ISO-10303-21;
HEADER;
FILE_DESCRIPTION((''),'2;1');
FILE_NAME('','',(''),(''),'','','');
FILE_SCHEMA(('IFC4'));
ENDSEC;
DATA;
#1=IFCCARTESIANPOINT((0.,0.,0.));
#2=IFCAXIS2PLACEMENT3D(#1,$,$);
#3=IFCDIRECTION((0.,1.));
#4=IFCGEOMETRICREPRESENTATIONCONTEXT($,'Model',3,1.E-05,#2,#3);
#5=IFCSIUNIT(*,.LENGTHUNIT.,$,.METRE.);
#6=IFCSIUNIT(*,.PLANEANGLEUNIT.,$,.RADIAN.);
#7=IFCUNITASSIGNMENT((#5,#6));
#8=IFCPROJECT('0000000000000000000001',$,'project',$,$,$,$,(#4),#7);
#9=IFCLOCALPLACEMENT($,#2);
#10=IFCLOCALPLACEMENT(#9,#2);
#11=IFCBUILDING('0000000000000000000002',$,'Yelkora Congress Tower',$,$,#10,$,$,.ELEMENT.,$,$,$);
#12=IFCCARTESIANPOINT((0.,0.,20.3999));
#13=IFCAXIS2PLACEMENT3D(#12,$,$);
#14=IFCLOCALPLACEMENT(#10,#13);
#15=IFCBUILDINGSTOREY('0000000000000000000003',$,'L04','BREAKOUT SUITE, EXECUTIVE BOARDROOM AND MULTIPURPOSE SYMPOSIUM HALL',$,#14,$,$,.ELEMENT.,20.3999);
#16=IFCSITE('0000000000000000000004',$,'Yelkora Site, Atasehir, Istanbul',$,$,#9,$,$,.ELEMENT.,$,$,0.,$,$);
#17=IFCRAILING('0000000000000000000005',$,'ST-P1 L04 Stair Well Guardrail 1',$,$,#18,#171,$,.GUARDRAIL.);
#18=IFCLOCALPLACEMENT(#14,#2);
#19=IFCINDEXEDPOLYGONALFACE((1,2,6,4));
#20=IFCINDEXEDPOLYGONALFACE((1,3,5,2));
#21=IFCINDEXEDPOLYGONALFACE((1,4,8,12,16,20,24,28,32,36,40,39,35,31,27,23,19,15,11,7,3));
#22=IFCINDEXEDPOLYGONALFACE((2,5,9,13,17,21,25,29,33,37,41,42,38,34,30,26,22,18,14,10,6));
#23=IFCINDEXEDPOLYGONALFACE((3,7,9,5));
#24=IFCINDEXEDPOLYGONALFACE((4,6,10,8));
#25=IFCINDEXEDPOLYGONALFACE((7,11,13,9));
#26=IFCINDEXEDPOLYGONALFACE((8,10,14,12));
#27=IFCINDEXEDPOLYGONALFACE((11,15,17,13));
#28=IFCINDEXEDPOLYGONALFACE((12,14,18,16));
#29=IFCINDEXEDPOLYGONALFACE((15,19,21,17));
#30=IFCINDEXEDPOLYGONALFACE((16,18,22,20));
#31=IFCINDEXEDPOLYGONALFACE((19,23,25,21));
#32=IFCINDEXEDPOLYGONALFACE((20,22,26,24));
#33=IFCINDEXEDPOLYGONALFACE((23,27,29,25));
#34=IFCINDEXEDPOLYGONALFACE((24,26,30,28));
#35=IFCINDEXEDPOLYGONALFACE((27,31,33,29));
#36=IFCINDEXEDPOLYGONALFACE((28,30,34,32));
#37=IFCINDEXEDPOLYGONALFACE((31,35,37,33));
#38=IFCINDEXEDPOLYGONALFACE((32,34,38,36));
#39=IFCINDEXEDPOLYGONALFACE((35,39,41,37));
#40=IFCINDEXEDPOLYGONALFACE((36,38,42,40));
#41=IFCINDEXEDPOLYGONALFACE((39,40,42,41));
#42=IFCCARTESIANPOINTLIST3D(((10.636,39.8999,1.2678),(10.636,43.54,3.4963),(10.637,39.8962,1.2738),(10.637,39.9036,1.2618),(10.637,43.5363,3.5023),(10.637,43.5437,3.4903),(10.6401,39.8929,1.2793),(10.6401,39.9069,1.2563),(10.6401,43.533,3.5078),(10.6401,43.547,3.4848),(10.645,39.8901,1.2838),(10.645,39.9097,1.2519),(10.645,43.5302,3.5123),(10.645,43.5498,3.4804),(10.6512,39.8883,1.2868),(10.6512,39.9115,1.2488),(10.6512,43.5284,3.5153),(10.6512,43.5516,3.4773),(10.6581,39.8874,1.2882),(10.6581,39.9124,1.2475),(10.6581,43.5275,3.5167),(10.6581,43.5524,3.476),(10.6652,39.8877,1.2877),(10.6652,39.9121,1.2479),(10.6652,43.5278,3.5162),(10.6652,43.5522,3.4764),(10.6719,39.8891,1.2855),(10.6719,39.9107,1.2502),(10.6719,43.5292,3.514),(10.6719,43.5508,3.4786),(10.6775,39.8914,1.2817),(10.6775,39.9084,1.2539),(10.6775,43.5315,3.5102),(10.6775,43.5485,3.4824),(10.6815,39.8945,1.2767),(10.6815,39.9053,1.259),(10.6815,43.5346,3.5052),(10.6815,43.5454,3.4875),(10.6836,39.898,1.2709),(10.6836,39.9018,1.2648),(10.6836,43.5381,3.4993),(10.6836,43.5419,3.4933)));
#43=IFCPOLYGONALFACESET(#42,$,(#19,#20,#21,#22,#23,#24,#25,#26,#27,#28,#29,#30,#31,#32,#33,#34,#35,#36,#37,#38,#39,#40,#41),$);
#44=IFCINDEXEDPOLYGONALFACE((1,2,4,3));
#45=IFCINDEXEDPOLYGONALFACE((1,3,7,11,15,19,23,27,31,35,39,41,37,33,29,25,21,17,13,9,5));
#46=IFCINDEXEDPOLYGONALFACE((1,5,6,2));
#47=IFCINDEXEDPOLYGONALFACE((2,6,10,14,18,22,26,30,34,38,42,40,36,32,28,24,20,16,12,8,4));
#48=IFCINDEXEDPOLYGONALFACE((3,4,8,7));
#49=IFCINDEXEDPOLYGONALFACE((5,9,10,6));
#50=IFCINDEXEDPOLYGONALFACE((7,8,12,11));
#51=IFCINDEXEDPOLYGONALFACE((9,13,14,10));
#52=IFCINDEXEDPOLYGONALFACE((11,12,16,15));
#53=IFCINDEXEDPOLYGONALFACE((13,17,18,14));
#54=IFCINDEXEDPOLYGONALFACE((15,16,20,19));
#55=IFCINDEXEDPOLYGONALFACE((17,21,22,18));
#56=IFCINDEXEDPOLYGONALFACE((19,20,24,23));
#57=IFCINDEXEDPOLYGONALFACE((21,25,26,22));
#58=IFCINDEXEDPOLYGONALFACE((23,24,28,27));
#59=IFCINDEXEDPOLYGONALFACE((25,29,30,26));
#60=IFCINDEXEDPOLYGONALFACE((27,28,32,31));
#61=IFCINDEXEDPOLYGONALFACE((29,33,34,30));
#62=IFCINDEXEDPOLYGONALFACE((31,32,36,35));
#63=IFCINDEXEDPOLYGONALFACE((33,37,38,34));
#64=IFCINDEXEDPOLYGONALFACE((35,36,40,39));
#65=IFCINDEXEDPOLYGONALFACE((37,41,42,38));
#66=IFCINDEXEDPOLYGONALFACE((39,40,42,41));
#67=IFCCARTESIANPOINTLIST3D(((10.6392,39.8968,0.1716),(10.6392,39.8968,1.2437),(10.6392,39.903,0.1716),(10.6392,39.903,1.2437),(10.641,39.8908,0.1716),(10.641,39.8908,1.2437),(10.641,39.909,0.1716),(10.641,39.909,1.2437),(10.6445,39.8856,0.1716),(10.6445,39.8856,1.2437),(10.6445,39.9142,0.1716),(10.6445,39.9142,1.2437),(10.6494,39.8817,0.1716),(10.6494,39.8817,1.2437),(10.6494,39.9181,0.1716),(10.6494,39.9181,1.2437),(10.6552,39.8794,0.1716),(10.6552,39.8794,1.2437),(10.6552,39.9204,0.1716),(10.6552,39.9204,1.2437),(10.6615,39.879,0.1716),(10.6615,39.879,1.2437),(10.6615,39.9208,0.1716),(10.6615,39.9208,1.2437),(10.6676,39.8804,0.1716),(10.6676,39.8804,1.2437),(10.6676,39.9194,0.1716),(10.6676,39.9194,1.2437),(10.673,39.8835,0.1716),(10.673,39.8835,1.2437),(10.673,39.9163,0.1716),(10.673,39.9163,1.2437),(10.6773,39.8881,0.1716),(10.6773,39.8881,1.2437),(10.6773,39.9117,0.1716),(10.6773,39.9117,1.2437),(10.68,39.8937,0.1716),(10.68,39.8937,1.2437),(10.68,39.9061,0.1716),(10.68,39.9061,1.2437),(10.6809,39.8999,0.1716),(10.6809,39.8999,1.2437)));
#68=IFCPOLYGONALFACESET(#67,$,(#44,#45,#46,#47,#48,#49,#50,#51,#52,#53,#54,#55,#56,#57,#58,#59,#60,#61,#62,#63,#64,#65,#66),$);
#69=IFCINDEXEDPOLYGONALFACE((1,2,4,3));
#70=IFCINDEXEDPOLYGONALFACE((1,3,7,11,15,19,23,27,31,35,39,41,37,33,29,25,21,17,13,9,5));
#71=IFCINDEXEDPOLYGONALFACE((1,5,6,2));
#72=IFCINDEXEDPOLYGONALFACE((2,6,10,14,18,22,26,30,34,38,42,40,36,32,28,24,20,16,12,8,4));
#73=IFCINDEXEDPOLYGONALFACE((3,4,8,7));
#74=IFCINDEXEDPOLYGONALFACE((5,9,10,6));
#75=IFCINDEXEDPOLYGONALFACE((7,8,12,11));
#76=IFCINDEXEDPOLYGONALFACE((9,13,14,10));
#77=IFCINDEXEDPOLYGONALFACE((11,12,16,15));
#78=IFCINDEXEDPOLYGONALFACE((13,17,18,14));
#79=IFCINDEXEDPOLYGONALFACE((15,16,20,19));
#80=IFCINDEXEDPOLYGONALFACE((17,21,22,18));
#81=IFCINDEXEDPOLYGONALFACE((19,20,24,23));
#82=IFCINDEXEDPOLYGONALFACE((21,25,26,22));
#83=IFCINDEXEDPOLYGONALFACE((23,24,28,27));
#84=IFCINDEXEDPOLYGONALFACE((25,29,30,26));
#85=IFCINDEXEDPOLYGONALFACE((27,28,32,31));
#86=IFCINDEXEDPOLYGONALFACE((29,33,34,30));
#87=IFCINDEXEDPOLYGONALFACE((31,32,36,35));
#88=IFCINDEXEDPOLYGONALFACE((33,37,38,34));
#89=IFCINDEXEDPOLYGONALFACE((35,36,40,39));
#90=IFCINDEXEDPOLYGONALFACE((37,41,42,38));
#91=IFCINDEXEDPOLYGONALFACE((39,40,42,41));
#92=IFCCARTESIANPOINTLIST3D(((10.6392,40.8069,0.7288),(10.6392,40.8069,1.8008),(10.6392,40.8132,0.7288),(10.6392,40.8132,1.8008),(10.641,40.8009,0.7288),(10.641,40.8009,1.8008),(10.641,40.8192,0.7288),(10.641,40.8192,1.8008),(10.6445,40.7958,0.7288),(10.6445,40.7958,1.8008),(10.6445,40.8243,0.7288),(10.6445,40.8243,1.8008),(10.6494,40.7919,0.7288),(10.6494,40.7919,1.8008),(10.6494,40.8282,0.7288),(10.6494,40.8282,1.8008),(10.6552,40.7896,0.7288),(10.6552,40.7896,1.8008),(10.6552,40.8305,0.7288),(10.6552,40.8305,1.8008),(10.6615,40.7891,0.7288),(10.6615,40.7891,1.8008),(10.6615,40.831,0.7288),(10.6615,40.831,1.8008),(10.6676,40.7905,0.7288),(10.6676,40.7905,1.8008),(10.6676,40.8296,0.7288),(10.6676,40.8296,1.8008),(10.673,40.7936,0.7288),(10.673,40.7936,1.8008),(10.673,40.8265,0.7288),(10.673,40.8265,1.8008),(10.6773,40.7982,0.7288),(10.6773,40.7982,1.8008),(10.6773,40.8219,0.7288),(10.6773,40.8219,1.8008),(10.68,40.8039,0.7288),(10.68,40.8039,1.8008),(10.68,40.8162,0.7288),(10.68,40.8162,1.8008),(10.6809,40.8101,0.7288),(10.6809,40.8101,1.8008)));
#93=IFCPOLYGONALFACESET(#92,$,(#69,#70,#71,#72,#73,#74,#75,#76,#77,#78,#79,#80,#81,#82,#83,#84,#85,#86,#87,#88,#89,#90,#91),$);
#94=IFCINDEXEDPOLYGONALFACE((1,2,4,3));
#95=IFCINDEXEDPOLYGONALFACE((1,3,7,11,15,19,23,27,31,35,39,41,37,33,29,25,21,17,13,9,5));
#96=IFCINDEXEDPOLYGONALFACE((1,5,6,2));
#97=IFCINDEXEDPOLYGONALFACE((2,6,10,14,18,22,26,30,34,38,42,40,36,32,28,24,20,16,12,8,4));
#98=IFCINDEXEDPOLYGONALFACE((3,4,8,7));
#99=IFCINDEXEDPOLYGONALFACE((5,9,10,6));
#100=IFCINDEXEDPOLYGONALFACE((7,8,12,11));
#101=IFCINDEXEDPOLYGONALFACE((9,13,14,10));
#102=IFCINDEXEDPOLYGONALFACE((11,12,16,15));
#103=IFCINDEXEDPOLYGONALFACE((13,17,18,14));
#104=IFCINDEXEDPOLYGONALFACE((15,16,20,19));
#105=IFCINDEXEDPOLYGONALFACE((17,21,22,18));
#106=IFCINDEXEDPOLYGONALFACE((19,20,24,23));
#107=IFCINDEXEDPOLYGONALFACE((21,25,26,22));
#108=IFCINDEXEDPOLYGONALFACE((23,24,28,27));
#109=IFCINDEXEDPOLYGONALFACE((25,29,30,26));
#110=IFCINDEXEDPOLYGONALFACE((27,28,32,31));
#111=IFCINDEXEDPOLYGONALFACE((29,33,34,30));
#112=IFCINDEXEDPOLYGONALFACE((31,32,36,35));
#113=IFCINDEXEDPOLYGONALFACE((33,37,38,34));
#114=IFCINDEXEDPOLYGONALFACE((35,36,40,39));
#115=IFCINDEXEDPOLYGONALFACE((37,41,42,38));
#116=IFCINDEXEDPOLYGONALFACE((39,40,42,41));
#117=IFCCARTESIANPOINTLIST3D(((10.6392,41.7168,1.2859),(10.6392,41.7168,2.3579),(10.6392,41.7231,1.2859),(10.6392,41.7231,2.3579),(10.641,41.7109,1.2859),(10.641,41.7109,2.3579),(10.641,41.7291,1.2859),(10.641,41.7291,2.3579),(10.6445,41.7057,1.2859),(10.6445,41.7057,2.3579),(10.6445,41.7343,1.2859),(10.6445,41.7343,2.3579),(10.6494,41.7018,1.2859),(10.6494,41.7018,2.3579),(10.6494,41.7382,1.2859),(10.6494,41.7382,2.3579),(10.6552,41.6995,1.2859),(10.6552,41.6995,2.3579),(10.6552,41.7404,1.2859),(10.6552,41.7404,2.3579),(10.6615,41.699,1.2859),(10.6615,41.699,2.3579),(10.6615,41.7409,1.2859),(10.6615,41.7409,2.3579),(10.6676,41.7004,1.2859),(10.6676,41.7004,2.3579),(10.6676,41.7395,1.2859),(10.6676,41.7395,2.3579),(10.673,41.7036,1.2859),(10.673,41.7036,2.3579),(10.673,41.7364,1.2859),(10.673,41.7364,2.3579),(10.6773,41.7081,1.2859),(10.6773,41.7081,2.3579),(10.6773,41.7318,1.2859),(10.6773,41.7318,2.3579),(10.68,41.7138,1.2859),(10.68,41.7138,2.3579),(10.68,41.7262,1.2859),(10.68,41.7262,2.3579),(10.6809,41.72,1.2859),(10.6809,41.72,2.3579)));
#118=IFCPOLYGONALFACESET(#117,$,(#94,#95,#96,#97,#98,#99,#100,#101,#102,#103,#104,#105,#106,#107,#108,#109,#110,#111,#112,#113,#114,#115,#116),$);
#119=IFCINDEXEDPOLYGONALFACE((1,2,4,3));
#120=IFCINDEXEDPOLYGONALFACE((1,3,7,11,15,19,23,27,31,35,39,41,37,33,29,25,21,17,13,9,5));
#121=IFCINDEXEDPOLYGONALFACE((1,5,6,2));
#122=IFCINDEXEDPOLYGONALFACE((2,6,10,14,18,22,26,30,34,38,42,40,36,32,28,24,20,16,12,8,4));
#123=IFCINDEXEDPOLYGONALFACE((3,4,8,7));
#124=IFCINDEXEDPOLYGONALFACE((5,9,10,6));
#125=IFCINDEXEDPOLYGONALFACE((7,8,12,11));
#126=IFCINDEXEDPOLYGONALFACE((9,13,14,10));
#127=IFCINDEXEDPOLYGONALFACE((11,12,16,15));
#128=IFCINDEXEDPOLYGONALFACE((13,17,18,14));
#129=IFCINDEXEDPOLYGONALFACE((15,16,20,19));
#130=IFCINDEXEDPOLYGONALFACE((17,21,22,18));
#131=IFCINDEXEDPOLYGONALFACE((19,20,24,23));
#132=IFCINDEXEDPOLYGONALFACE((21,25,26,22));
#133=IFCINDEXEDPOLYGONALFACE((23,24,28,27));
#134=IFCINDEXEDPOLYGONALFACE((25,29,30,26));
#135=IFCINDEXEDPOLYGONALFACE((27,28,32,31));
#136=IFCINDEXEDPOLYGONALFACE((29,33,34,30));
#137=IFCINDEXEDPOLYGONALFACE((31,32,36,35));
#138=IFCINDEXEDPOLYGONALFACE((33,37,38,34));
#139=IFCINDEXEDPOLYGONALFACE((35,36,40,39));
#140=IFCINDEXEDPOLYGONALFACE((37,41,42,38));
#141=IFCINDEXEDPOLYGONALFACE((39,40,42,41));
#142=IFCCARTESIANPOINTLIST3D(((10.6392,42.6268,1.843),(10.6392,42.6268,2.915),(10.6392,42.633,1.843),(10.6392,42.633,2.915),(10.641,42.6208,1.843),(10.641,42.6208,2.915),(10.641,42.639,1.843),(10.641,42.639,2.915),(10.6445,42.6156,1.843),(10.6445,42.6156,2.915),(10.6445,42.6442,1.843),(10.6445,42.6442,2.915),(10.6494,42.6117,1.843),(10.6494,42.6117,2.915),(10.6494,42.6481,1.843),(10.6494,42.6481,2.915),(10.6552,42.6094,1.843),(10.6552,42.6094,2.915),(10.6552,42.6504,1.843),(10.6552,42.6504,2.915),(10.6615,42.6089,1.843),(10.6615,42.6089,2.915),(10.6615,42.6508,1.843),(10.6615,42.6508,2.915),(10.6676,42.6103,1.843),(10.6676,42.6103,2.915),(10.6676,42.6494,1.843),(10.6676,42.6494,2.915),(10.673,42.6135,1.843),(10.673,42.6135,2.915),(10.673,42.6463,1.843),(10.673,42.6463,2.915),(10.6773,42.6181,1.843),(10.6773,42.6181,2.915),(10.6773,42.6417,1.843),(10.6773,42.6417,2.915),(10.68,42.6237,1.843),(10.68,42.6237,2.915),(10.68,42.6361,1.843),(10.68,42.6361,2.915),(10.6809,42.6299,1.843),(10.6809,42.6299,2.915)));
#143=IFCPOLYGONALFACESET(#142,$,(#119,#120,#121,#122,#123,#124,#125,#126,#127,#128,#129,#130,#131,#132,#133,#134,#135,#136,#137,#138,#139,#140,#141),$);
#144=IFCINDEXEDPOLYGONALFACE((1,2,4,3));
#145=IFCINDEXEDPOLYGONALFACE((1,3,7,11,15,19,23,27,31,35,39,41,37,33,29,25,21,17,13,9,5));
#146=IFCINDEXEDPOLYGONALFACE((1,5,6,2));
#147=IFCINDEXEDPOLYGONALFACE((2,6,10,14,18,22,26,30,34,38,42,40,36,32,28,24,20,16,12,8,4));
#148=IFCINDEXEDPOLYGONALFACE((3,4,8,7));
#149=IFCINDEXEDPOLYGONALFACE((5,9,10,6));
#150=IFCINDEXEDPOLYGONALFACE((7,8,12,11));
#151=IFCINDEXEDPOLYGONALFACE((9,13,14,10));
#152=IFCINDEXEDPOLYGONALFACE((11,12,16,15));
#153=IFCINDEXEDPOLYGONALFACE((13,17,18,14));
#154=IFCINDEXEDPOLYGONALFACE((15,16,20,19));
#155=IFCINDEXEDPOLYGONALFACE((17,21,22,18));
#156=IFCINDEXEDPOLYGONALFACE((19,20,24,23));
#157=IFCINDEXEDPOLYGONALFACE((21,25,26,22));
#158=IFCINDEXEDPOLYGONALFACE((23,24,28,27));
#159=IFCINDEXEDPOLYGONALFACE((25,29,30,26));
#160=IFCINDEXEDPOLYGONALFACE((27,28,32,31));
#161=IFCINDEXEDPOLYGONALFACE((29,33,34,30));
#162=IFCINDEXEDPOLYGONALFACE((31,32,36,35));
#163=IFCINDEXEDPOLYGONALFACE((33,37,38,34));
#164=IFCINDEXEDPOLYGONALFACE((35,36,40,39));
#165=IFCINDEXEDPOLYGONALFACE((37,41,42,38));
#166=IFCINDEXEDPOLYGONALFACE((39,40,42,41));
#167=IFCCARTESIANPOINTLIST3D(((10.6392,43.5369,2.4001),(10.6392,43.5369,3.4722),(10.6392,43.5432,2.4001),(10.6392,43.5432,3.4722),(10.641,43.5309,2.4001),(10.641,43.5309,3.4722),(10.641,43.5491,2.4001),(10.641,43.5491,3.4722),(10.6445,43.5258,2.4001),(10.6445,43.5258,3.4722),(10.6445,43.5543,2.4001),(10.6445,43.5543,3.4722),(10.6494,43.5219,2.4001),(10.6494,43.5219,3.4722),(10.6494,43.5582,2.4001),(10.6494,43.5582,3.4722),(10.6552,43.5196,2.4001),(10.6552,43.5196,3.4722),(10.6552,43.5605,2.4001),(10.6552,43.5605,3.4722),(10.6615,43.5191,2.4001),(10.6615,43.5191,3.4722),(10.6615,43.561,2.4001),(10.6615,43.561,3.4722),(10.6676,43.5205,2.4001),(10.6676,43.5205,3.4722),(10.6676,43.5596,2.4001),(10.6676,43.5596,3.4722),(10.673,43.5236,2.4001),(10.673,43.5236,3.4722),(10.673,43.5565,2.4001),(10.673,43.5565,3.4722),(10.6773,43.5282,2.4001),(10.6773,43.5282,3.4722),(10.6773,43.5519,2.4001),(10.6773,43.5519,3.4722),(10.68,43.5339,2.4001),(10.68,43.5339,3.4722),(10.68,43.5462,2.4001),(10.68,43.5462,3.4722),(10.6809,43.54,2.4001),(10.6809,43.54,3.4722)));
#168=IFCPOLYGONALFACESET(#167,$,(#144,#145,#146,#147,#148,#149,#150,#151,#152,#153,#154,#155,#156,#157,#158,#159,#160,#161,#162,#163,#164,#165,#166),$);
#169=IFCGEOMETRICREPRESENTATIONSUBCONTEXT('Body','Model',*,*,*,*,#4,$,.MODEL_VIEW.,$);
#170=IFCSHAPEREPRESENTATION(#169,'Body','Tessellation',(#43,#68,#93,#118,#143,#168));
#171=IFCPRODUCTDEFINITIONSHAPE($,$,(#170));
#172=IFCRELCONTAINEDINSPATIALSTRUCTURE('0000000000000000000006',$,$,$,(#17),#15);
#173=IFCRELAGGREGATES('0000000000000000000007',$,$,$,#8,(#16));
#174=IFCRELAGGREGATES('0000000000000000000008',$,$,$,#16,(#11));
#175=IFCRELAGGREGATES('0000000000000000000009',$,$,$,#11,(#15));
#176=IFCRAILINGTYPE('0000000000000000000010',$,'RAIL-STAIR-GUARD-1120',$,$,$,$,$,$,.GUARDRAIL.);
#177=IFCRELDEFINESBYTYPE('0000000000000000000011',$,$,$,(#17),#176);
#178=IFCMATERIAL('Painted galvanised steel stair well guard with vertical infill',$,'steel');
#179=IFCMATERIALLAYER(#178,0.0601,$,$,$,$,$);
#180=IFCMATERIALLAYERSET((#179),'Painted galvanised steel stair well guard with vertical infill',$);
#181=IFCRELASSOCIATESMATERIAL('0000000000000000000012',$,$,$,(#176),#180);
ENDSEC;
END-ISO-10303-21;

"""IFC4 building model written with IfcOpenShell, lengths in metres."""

from ifc_helpers import new_model, si_unit, direction, frame, origin, origin_2d, place, context, subcontext, project, spatial, circle, extrude, material, layer, layer_set, type_object, element, save


model = new_model("IFC4")

# Units and contexts
model_context = context("Model", 3, precision=1e-05, world=origin(), true_north=direction((0.0, 1.0)))
body_context = subcontext(model_context, "Body", "Model", "MODEL_VIEW")
ifc_project = project(units=[si_unit("LENGTHUNIT", "METRE"), si_unit("PLANEANGLEUNIT", "RADIAN")], contexts=[model_context])

# Site, building, storey
site_placement = place(None, origin())
site = spatial("IfcSite", under=ifc_project, at=site_placement, Name="Yelkora Site, Atasehir, Istanbul", CompositionType="ELEMENT", RefElevation=0.0)
building_placement = place(site_placement, origin())
building = spatial("IfcBuilding", under=site, at=building_placement, Name="Yelkora Congress Tower", CompositionType="ELEMENT")
storey_placement = place(building_placement, frame((0.0, 0.0, 20.3999)))
storey = spatial("IfcBuildingStorey", under=building, at=storey_placement, Name="L04", Description="BREAKOUT SUITE, EXECUTIVE BOARDROOM AND MULTIPURPOSE SYMPOSIUM HALL", CompositionType="ELEMENT", Elevation=20.3999)

# Railing
ifc_material_1 = material(Name="Painted galvanised steel stair well guard with vertical infill", Category="steel")
ifc_layer_1 = layer(ifc_material_1, 0.0601)
ifc_layer_set_1 = layer_set([ifc_layer_1], Name="Painted galvanised steel stair well guard with vertical infill")
railing_type_1 = type_object("IfcRailingType", Name="RAIL-STAIR-GUARD-1120", PredefinedType="GUARDRAIL", material=ifc_layer_set_1)
railing_1_placement = place(storey_placement, frame((10.6599, 39.8999, 0.1716)))
element("IfcRailing", 1, at=railing_1_placement, inside=storey, type_object=railing_type_1, Name="ST-P1 L04 Stair Well Guardrail 1", PredefinedType="GUARDRAIL", context=body_context, shape_type="SweptSolid", body=[
    extrude(circle(Radius=0.0239, at=origin_2d()), frame((0.0, 0.0, 1.0962), z_axis=(0.0, 0.852866, 0.52213), x_axis=(-1.0, 0.0, 0.0)), (0.0, 0.0, 1.0), 4.2681),
    extrude(circle(Radius=0.021, at=origin_2d()), origin(), (0.0, 0.0, 1.0), 1.072),
    extrude(circle(Radius=0.021, at=origin_2d()), frame((0.0, 0.9102, 0.5571)), (0.0, 0.0, 1.0), 1.072),
    extrude(circle(Radius=0.021, at=origin_2d()), frame((0.0, 1.8201, 1.1143)), (0.0, 0.0, 1.0), 1.072),
    extrude(circle(Radius=0.021, at=origin_2d()), frame((0.0, 2.73, 1.6714)), (0.0, 0.0, 1.0), 1.072),
    extrude(circle(Radius=0.021, at=origin_2d()), frame((0.0, 3.6401, 2.2285)), (0.0, 0.0, 1.0), 1.072),
])

save(model, "model.ifc")
